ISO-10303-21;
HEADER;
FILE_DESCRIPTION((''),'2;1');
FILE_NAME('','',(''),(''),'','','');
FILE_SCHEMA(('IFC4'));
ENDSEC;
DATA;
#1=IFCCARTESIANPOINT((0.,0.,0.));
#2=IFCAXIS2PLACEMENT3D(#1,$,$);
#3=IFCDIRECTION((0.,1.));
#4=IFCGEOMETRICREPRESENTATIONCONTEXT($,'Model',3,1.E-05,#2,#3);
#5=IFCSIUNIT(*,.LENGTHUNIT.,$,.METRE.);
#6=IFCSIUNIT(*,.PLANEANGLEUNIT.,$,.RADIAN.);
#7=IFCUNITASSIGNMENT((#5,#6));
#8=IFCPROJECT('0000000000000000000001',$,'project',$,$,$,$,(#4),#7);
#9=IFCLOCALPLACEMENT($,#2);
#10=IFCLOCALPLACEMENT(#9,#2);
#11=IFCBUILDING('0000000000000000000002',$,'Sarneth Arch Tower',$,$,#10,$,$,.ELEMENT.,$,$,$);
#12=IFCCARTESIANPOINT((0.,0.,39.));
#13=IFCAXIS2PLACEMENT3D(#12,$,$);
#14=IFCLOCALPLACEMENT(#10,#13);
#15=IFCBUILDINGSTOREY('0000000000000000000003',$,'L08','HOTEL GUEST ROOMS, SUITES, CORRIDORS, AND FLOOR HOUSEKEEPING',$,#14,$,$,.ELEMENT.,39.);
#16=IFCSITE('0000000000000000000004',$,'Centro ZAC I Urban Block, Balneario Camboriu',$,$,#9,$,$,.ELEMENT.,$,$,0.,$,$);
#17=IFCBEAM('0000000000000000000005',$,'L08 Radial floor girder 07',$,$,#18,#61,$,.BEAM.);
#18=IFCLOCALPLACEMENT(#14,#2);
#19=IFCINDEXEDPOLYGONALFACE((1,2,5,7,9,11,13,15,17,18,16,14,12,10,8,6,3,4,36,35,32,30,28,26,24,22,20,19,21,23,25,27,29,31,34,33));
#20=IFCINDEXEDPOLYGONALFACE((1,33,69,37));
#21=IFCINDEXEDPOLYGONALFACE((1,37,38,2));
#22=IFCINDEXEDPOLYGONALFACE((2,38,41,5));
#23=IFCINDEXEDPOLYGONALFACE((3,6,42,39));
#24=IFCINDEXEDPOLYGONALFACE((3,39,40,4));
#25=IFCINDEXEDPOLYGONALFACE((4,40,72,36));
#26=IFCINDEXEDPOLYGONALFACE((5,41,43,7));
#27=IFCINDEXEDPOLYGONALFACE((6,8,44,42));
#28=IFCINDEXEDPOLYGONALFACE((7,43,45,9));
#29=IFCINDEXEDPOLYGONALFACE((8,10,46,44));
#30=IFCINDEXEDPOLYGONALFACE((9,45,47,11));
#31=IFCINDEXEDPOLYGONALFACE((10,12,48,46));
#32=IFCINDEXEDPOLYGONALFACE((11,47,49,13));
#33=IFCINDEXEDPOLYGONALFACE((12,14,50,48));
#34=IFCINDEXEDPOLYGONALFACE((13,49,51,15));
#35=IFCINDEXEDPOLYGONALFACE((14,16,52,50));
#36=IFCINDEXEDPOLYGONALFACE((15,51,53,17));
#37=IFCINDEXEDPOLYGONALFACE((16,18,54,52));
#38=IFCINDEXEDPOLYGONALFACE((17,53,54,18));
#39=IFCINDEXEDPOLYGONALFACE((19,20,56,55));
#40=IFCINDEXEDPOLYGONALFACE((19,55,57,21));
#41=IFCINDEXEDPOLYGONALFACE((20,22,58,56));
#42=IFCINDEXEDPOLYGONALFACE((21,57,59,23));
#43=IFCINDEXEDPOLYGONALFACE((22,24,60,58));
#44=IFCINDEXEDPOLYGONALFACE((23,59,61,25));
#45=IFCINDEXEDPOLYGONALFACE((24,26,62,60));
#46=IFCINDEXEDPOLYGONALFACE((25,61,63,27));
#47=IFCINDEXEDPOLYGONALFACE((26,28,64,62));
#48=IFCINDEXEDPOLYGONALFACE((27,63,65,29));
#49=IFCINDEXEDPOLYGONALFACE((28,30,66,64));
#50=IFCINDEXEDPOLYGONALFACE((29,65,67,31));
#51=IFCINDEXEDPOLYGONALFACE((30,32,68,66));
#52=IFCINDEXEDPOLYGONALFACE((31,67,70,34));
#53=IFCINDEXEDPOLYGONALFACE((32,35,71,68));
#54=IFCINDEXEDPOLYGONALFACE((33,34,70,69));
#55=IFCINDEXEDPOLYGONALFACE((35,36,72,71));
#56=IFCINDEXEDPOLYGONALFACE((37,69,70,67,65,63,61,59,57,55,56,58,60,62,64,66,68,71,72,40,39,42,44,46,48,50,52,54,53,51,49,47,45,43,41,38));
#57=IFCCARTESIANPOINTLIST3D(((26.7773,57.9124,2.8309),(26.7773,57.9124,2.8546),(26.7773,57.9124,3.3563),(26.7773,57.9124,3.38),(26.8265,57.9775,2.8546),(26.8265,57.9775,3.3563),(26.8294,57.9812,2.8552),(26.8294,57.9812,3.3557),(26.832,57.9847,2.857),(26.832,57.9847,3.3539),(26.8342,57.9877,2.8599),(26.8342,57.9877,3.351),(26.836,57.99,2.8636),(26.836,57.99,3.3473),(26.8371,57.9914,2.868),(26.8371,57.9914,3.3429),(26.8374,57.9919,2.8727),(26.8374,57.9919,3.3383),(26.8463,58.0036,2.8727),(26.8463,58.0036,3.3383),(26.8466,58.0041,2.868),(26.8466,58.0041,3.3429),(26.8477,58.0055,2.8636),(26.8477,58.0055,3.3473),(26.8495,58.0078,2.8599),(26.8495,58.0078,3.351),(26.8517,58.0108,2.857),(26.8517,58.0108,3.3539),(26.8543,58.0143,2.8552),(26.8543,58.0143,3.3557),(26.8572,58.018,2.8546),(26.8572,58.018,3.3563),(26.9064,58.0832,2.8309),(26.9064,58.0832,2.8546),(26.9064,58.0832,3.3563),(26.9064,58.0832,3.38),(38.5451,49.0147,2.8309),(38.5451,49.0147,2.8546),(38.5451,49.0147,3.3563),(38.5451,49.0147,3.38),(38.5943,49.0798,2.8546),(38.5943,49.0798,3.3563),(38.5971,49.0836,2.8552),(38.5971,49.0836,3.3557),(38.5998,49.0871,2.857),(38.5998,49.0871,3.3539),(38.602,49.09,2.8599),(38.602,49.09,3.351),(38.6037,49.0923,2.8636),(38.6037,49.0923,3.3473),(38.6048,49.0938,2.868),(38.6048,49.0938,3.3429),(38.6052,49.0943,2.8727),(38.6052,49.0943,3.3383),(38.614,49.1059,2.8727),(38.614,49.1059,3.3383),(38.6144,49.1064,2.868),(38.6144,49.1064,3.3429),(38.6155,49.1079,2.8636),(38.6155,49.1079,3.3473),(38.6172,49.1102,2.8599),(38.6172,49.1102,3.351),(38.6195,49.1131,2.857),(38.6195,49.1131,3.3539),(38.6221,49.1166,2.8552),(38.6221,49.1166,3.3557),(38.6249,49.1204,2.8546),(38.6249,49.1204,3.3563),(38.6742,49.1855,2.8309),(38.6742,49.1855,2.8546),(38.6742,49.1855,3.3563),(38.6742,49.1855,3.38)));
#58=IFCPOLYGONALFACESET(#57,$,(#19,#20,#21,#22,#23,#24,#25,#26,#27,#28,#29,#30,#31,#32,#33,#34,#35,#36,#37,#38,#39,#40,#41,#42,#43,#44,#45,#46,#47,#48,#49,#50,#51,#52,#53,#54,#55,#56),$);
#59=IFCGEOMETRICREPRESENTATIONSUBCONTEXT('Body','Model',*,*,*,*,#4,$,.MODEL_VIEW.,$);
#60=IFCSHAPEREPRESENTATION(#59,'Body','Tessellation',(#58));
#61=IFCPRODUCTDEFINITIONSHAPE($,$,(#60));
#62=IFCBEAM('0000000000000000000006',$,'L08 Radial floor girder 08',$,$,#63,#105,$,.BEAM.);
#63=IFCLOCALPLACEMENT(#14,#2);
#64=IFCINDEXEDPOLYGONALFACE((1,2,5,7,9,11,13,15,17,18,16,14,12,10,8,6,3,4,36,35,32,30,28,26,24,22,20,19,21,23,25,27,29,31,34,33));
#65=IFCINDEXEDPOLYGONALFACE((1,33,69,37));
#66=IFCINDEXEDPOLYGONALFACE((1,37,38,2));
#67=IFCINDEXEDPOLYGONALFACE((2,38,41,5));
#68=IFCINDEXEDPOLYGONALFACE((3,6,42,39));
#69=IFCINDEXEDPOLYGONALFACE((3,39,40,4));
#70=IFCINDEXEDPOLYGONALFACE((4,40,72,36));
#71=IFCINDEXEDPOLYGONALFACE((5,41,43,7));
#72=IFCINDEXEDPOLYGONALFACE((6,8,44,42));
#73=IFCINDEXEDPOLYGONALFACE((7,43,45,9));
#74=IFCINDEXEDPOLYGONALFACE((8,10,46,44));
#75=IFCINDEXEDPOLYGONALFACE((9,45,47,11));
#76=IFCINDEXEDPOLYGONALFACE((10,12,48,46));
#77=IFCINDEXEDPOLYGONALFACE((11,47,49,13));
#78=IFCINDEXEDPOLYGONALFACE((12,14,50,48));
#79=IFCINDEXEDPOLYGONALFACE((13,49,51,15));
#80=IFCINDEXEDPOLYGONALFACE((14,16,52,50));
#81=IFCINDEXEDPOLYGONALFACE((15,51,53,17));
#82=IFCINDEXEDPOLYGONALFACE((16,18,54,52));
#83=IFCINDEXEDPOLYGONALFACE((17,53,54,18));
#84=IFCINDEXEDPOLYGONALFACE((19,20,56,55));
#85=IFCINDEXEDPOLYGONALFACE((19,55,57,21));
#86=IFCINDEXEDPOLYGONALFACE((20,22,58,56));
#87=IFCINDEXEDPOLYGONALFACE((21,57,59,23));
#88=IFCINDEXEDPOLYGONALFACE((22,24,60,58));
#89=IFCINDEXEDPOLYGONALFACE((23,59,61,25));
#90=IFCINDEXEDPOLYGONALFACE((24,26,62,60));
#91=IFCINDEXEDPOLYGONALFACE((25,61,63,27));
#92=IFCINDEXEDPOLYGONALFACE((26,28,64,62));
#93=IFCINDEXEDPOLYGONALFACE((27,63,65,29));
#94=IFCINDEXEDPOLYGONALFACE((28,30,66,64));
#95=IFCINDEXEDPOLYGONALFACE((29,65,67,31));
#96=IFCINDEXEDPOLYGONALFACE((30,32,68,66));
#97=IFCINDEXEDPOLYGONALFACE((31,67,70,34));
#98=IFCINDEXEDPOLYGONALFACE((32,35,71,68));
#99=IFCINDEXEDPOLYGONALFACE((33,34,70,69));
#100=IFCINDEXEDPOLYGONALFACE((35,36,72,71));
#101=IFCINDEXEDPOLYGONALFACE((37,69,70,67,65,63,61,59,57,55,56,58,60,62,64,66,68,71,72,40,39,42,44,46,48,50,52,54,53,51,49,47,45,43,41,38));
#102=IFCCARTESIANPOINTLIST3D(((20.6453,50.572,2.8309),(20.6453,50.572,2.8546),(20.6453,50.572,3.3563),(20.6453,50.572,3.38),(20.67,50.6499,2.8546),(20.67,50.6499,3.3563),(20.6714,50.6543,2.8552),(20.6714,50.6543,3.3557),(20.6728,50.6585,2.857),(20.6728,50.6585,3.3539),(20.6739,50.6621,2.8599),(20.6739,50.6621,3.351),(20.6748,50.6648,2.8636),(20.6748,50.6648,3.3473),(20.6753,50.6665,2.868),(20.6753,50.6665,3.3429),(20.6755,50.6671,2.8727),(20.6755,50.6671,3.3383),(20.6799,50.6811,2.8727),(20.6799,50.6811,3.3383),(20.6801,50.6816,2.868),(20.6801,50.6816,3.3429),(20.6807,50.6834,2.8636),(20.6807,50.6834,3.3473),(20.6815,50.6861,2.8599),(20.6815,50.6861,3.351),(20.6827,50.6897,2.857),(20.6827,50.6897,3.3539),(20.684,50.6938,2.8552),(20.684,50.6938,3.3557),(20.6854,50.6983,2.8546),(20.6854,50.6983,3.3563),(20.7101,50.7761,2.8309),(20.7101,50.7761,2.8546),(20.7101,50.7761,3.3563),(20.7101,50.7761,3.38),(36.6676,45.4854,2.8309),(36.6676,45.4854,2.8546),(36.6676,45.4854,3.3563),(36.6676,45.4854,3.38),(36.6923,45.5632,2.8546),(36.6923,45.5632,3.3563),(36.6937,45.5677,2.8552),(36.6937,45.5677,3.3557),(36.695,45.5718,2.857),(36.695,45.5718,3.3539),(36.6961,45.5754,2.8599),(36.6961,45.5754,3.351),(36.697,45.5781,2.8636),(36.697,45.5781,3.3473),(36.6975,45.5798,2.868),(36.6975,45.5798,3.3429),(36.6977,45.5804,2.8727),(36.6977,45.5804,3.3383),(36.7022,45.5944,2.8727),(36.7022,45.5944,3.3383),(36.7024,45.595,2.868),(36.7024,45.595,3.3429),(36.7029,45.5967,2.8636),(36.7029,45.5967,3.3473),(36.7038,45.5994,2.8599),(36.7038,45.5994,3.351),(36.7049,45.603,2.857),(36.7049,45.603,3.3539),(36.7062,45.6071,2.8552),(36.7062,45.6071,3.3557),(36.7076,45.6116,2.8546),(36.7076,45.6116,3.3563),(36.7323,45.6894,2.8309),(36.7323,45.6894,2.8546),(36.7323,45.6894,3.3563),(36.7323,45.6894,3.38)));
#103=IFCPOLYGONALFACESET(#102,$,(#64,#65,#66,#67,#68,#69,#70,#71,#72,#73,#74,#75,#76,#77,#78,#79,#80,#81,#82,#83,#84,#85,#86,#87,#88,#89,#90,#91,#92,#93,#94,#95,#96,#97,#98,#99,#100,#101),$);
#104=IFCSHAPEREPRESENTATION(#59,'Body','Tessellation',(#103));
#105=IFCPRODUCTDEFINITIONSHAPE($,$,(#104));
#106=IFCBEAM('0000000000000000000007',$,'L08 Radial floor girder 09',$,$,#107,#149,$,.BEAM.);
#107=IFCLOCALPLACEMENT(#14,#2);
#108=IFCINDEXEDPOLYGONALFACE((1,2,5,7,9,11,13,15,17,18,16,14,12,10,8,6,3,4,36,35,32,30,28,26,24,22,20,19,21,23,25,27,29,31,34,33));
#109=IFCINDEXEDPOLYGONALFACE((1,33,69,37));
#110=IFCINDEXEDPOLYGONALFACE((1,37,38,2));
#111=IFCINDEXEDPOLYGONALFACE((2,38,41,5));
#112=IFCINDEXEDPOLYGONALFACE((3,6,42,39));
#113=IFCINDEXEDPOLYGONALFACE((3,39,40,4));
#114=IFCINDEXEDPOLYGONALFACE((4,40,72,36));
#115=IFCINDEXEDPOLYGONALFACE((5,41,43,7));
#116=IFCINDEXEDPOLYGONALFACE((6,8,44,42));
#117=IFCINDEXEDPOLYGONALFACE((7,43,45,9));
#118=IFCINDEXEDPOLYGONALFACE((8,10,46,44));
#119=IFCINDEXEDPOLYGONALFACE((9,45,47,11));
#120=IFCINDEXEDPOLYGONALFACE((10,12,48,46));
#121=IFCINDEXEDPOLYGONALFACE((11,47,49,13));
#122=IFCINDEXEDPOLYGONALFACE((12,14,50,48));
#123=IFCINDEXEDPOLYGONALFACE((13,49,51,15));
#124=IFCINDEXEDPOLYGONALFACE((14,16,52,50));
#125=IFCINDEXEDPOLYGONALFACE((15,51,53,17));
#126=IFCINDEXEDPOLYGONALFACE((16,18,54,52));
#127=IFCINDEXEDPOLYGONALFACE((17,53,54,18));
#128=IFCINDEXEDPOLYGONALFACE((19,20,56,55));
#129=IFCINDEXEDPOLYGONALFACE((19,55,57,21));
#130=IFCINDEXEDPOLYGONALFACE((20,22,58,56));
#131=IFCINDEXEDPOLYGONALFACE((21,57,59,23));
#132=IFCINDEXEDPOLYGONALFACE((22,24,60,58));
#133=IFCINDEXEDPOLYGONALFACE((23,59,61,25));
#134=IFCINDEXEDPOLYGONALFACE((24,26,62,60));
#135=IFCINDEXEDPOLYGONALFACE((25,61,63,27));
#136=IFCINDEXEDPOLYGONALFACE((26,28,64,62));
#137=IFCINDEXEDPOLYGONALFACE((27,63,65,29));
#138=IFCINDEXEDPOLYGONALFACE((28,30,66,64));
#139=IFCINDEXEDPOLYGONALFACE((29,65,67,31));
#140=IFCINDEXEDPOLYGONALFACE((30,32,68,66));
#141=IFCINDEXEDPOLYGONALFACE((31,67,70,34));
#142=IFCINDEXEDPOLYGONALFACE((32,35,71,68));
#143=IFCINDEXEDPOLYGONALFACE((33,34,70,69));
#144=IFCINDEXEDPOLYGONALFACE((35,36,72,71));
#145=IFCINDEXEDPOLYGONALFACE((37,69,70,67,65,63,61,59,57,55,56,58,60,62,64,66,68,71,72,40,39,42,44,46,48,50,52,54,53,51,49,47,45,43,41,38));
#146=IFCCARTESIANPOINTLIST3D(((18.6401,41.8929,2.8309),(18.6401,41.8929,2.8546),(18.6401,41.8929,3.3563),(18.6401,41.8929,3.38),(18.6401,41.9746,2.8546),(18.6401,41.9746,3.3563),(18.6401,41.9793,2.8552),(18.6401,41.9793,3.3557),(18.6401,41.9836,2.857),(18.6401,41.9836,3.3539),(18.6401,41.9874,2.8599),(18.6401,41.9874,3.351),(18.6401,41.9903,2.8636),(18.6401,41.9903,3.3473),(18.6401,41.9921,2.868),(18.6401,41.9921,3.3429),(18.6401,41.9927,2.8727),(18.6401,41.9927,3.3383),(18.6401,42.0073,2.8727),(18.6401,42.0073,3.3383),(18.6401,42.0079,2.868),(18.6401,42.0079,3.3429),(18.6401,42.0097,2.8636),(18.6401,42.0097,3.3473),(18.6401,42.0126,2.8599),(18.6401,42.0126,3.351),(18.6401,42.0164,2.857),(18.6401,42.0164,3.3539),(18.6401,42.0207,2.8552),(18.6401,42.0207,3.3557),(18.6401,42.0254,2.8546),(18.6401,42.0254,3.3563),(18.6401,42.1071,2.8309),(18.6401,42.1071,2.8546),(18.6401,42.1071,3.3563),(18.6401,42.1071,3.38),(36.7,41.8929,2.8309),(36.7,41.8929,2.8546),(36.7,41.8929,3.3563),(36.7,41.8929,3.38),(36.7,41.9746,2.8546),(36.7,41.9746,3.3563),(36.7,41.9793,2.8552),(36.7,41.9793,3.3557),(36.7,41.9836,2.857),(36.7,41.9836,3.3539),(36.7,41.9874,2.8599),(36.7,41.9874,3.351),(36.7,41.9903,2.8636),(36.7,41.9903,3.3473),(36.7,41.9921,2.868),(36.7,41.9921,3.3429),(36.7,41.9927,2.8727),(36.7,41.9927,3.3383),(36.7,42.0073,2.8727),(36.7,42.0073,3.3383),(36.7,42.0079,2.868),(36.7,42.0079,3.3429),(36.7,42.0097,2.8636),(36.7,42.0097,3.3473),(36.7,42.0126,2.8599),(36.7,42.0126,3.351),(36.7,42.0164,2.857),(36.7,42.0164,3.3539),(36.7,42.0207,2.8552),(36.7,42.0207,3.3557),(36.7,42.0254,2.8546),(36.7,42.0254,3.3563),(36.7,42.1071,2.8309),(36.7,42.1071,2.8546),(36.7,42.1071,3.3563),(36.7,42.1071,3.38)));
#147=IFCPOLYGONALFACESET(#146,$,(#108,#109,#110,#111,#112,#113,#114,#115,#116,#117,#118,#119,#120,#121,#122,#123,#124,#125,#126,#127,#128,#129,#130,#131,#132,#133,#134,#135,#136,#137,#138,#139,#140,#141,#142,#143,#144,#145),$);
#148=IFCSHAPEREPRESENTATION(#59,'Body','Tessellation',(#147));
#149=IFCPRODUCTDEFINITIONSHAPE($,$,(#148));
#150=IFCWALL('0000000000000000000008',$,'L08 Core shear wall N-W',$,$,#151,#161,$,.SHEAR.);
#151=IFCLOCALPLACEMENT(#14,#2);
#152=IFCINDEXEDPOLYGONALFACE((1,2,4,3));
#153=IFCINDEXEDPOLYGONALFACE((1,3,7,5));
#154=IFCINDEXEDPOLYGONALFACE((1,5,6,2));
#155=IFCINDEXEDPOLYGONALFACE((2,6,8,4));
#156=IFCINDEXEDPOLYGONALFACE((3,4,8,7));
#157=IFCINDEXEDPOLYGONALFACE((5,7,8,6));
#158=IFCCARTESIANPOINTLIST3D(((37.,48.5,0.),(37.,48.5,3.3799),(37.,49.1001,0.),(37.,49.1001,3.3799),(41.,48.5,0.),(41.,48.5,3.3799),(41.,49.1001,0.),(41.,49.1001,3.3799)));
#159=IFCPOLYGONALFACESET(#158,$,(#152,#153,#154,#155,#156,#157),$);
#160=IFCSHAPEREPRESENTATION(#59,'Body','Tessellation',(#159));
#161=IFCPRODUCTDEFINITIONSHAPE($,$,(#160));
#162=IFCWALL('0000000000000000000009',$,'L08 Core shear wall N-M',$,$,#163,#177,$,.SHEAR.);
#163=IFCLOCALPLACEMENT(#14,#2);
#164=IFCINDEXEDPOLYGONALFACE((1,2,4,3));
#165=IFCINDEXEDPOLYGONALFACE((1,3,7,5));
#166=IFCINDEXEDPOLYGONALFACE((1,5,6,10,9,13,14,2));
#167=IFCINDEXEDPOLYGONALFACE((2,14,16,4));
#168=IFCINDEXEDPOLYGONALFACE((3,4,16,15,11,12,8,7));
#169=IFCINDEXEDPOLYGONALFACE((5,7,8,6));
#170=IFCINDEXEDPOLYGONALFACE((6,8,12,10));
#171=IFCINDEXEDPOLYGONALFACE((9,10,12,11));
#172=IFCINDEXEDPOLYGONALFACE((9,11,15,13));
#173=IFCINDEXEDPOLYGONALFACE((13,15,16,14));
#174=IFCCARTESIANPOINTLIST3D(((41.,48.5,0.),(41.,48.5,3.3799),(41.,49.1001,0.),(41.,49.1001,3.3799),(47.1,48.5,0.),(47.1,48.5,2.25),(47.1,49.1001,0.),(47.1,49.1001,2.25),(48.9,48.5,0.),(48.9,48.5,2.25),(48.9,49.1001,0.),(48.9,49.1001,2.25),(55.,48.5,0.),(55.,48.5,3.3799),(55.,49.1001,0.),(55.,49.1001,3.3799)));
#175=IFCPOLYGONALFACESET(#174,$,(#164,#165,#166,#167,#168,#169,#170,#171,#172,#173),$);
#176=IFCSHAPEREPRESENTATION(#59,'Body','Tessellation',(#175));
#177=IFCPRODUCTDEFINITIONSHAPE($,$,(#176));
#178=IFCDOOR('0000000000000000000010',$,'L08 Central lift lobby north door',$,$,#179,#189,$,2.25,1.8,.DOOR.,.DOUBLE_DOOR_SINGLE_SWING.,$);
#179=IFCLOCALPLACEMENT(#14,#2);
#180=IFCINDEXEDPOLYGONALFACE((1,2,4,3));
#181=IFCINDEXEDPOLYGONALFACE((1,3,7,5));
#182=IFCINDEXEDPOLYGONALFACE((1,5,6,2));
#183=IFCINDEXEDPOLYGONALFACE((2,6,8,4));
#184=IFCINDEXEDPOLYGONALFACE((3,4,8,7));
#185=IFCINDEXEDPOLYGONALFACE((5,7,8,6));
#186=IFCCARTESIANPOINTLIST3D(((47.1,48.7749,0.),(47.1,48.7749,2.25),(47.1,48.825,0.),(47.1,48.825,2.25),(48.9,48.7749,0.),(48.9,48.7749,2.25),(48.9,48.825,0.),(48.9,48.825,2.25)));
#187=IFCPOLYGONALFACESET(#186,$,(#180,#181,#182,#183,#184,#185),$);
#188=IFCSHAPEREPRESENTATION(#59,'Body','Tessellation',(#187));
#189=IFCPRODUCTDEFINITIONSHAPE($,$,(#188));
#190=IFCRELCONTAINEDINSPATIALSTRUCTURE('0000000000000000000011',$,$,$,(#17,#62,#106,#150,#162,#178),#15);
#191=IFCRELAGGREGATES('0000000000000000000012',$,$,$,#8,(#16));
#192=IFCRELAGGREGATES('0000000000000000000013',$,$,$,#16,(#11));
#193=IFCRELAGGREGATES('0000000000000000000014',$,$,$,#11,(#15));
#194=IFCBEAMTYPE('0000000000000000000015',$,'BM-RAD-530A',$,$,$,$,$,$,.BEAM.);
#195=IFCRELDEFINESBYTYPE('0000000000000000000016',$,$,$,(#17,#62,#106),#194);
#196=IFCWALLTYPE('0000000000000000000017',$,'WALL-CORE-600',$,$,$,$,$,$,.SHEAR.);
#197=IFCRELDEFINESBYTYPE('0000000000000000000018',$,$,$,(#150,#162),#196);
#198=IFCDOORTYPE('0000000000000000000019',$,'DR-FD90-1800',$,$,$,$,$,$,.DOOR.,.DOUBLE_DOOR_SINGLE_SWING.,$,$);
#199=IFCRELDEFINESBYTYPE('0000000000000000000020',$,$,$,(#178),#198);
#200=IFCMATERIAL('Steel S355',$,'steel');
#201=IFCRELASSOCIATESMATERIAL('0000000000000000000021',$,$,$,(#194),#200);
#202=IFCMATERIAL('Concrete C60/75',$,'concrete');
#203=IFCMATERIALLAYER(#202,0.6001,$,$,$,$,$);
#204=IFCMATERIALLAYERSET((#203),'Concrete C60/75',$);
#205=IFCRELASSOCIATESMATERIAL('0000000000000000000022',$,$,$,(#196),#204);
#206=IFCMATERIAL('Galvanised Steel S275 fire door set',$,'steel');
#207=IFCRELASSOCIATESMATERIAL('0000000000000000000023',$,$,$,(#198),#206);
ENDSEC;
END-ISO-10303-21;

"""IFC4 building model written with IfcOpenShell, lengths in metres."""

from ifc_helpers import new_model, si_unit, direction, frame, frame_2d, origin, origin_2d, place, context, subcontext, project, spatial, rectangle, i_section, extrude, material, layer, layer_set, material_profile, profile_set, type_object, element, fill, save


model = new_model("IFC4")

# Units and contexts
model_context = context("Model", 3, precision=1e-05, world=origin(), true_north=direction((0.0, 1.0)))
body_context = subcontext(model_context, "Body", "Model", "MODEL_VIEW")
ifc_project = project(units=[si_unit("LENGTHUNIT", "METRE"), si_unit("PLANEANGLEUNIT", "RADIAN")], contexts=[model_context])

# Site, building, storey
site_placement = place(None, origin())
site = spatial("IfcSite", under=ifc_project, at=site_placement, Name="Centro ZAC I Urban Block, Balneario Camboriu", CompositionType="ELEMENT", RefElevation=0.0)
building_placement = place(site_placement, origin())
building = spatial("IfcBuilding", under=site, at=building_placement, Name="Sarneth Arch Tower", CompositionType="ELEMENT")
storey_placement = place(building_placement, frame((0.0, 0.0, 39.0)))
storey = spatial("IfcBuildingStorey", under=building, at=storey_placement, Name="L08", Description="HOTEL GUEST ROOMS, SUITES, CORRIDORS, AND FLOOR HOUSEKEEPING", CompositionType="ELEMENT", Elevation=39.0)

# Beams
ifc_material_1 = material(Name="Steel S355", Category="steel")
ifc_material_profile = material_profile(ifc_material_1, i_section(OverallWidth=0.2141, OverallDepth=0.5491, WebThickness=0.0146, FlangeThickness=0.0237, FilletRadius=0.0181, at=origin_2d()), Name="W530x138")
ifc_profile_set = profile_set([ifc_material_profile], Name="Steel S355")
beam_type = type_object("IfcBeamType", Name="BM-RAD-530A", PredefinedType="BEAM", material=ifc_profile_set)
beam_1_placement = place(storey_placement, frame((38.6096, 49.1001, 3.1055), z_axis=(-0.797657, 0.603112, 0.0), x_axis=(-0.603112, -0.797657, 0.0)))
element("IfcBeam", 1, at=beam_1_placement, inside=storey, type_object=beam_type, Name="L08 Radial floor girder 07", PredefinedType="BEAM", context=body_context, shape_type="SweptSolid", body=[
    extrude(i_section(OverallWidth=0.2141, OverallDepth=0.5491, WebThickness=0.0146, FlangeThickness=0.0237, FilletRadius=0.0181, at=origin_2d()), origin(), (0.0, 0.0, 1.0), 14.7529),
])
beam_2_placement = place(storey_placement, frame((36.7, 45.5874, 3.1055), z_axis=(-0.95312, 0.302593, 0.0), x_axis=(-0.302593, -0.95312, 0.0)))
element("IfcBeam", 2, at=beam_2_placement, inside=storey, type_object=beam_type, Name="L08 Radial floor girder 08", PredefinedType="BEAM", context=body_context, shape_type="SweptSolid", body=[
    extrude(i_section(OverallWidth=0.2141, OverallDepth=0.5491, WebThickness=0.0146, FlangeThickness=0.0237, FilletRadius=0.0181, at=origin_2d()), origin(), (0.0, 0.0, 1.0), 16.8103),
])
beam_3_placement = place(storey_placement, frame((36.7, 42.0, 3.1055), z_axis=(-1.0, 0.0, 0.0), x_axis=(0.0, -1.0, 0.0)))
element("IfcBeam", 3, at=beam_3_placement, inside=storey, type_object=beam_type, Name="L08 Radial floor girder 09", PredefinedType="BEAM", context=body_context, shape_type="SweptSolid", body=[
    extrude(i_section(OverallWidth=0.2141, OverallDepth=0.5491, WebThickness=0.0146, FlangeThickness=0.0237, FilletRadius=0.0181, at=origin_2d()), origin(), (0.0, 0.0, 1.0), 18.0598),
])

# Wall
ifc_material_2 = material(Name="Concrete C60/75", Category="concrete")
ifc_layer_1 = layer(ifc_material_2, 0.6001)
ifc_layer_set_1 = layer_set([ifc_layer_1], Name="Concrete C60/75")
wall_type_1 = type_object("IfcWallType", Name="WALL-CORE-600", PredefinedType="SHEAR", material=ifc_layer_set_1)
wall_1_placement = place(storey_placement, frame((37.0, 48.8, 0.0), z_axis=(0.0, 0.0, 1.0), x_axis=(1.0, 0.0, 0.0)))
element("IfcWall", 4, at=wall_1_placement, inside=storey, type_object=wall_type_1, Name="L08 Core shear wall N-W", PredefinedType="SHEAR", context=body_context, shape_type="SweptSolid", body=[
    extrude(rectangle(XDim=4.0, YDim=0.6001, at=frame_2d((2.0, 0.0))), origin(), (0.0, 0.0, 1.0), 3.3799),
])

# Wall, opening, door
wall_2_placement = place(storey_placement, frame((41.0, 48.8, 0.0), z_axis=(0.0, 0.0, 1.0), x_axis=(1.0, 0.0, 0.0)))
wall_2 = element("IfcWall", 5, at=wall_2_placement, inside=storey, type_object=wall_type_1, Name="L08 Core shear wall N-M", PredefinedType="SHEAR", context=body_context, shape_type="SweptSolid", body=[
    extrude(rectangle(XDim=14.0, YDim=0.6001, at=frame_2d((7.0, 0.0))), origin(), (0.0, 0.0, 1.0), 3.3799),
])
opening_1_placement = place(wall_2_placement, frame((6.1001, 0.0, 0.0)))
opening_1 = element("IfcOpeningElement", 6, at=opening_1_placement, cuts=wall_2, PredefinedType="OPENING", context=body_context, shape_type="SweptSolid", body=[
    extrude(rectangle(XDim=1.8, YDim=2.25, at=frame_2d((0.8999, 1.125))), frame((0.0, 0.3101, 0.0), z_axis=(0.0, -1.0, 0.0), x_axis=(1.0, 0.0, 0.0)), (0.0, 0.0, 1.0), 0.6201),
])
ifc_material_3 = material(Name="Galvanised Steel S275 fire door set", Category="steel")
door_type_1 = type_object("IfcDoorType", Name="DR-FD90-1800", OperationType="DOUBLE_DOOR_SINGLE_SWING", PredefinedType="DOOR", material=ifc_material_3)
door_1_placement = place(opening_1_placement, origin())
door_1 = element("IfcDoor", 7, at=door_1_placement, inside=storey, type_object=door_type_1, Name="L08 Central lift lobby north door", OperationType="DOUBLE_DOOR_SINGLE_SWING", OverallHeight=2.25, OverallWidth=1.8, PredefinedType="DOOR", context=body_context, shape_type="SweptSolid", body=[
    extrude(rectangle(XDim=1.8, YDim=2.25, at=frame_2d((0.8999, 1.125))), frame((0.0, 0.0249, 0.0), z_axis=(0.0, -1.0, 0.0), x_axis=(1.0, 0.0, 0.0)), (0.0, 0.0, 1.0), 0.05),
])
fill(opening_1, door_1)

save(model, "model.ifc")
